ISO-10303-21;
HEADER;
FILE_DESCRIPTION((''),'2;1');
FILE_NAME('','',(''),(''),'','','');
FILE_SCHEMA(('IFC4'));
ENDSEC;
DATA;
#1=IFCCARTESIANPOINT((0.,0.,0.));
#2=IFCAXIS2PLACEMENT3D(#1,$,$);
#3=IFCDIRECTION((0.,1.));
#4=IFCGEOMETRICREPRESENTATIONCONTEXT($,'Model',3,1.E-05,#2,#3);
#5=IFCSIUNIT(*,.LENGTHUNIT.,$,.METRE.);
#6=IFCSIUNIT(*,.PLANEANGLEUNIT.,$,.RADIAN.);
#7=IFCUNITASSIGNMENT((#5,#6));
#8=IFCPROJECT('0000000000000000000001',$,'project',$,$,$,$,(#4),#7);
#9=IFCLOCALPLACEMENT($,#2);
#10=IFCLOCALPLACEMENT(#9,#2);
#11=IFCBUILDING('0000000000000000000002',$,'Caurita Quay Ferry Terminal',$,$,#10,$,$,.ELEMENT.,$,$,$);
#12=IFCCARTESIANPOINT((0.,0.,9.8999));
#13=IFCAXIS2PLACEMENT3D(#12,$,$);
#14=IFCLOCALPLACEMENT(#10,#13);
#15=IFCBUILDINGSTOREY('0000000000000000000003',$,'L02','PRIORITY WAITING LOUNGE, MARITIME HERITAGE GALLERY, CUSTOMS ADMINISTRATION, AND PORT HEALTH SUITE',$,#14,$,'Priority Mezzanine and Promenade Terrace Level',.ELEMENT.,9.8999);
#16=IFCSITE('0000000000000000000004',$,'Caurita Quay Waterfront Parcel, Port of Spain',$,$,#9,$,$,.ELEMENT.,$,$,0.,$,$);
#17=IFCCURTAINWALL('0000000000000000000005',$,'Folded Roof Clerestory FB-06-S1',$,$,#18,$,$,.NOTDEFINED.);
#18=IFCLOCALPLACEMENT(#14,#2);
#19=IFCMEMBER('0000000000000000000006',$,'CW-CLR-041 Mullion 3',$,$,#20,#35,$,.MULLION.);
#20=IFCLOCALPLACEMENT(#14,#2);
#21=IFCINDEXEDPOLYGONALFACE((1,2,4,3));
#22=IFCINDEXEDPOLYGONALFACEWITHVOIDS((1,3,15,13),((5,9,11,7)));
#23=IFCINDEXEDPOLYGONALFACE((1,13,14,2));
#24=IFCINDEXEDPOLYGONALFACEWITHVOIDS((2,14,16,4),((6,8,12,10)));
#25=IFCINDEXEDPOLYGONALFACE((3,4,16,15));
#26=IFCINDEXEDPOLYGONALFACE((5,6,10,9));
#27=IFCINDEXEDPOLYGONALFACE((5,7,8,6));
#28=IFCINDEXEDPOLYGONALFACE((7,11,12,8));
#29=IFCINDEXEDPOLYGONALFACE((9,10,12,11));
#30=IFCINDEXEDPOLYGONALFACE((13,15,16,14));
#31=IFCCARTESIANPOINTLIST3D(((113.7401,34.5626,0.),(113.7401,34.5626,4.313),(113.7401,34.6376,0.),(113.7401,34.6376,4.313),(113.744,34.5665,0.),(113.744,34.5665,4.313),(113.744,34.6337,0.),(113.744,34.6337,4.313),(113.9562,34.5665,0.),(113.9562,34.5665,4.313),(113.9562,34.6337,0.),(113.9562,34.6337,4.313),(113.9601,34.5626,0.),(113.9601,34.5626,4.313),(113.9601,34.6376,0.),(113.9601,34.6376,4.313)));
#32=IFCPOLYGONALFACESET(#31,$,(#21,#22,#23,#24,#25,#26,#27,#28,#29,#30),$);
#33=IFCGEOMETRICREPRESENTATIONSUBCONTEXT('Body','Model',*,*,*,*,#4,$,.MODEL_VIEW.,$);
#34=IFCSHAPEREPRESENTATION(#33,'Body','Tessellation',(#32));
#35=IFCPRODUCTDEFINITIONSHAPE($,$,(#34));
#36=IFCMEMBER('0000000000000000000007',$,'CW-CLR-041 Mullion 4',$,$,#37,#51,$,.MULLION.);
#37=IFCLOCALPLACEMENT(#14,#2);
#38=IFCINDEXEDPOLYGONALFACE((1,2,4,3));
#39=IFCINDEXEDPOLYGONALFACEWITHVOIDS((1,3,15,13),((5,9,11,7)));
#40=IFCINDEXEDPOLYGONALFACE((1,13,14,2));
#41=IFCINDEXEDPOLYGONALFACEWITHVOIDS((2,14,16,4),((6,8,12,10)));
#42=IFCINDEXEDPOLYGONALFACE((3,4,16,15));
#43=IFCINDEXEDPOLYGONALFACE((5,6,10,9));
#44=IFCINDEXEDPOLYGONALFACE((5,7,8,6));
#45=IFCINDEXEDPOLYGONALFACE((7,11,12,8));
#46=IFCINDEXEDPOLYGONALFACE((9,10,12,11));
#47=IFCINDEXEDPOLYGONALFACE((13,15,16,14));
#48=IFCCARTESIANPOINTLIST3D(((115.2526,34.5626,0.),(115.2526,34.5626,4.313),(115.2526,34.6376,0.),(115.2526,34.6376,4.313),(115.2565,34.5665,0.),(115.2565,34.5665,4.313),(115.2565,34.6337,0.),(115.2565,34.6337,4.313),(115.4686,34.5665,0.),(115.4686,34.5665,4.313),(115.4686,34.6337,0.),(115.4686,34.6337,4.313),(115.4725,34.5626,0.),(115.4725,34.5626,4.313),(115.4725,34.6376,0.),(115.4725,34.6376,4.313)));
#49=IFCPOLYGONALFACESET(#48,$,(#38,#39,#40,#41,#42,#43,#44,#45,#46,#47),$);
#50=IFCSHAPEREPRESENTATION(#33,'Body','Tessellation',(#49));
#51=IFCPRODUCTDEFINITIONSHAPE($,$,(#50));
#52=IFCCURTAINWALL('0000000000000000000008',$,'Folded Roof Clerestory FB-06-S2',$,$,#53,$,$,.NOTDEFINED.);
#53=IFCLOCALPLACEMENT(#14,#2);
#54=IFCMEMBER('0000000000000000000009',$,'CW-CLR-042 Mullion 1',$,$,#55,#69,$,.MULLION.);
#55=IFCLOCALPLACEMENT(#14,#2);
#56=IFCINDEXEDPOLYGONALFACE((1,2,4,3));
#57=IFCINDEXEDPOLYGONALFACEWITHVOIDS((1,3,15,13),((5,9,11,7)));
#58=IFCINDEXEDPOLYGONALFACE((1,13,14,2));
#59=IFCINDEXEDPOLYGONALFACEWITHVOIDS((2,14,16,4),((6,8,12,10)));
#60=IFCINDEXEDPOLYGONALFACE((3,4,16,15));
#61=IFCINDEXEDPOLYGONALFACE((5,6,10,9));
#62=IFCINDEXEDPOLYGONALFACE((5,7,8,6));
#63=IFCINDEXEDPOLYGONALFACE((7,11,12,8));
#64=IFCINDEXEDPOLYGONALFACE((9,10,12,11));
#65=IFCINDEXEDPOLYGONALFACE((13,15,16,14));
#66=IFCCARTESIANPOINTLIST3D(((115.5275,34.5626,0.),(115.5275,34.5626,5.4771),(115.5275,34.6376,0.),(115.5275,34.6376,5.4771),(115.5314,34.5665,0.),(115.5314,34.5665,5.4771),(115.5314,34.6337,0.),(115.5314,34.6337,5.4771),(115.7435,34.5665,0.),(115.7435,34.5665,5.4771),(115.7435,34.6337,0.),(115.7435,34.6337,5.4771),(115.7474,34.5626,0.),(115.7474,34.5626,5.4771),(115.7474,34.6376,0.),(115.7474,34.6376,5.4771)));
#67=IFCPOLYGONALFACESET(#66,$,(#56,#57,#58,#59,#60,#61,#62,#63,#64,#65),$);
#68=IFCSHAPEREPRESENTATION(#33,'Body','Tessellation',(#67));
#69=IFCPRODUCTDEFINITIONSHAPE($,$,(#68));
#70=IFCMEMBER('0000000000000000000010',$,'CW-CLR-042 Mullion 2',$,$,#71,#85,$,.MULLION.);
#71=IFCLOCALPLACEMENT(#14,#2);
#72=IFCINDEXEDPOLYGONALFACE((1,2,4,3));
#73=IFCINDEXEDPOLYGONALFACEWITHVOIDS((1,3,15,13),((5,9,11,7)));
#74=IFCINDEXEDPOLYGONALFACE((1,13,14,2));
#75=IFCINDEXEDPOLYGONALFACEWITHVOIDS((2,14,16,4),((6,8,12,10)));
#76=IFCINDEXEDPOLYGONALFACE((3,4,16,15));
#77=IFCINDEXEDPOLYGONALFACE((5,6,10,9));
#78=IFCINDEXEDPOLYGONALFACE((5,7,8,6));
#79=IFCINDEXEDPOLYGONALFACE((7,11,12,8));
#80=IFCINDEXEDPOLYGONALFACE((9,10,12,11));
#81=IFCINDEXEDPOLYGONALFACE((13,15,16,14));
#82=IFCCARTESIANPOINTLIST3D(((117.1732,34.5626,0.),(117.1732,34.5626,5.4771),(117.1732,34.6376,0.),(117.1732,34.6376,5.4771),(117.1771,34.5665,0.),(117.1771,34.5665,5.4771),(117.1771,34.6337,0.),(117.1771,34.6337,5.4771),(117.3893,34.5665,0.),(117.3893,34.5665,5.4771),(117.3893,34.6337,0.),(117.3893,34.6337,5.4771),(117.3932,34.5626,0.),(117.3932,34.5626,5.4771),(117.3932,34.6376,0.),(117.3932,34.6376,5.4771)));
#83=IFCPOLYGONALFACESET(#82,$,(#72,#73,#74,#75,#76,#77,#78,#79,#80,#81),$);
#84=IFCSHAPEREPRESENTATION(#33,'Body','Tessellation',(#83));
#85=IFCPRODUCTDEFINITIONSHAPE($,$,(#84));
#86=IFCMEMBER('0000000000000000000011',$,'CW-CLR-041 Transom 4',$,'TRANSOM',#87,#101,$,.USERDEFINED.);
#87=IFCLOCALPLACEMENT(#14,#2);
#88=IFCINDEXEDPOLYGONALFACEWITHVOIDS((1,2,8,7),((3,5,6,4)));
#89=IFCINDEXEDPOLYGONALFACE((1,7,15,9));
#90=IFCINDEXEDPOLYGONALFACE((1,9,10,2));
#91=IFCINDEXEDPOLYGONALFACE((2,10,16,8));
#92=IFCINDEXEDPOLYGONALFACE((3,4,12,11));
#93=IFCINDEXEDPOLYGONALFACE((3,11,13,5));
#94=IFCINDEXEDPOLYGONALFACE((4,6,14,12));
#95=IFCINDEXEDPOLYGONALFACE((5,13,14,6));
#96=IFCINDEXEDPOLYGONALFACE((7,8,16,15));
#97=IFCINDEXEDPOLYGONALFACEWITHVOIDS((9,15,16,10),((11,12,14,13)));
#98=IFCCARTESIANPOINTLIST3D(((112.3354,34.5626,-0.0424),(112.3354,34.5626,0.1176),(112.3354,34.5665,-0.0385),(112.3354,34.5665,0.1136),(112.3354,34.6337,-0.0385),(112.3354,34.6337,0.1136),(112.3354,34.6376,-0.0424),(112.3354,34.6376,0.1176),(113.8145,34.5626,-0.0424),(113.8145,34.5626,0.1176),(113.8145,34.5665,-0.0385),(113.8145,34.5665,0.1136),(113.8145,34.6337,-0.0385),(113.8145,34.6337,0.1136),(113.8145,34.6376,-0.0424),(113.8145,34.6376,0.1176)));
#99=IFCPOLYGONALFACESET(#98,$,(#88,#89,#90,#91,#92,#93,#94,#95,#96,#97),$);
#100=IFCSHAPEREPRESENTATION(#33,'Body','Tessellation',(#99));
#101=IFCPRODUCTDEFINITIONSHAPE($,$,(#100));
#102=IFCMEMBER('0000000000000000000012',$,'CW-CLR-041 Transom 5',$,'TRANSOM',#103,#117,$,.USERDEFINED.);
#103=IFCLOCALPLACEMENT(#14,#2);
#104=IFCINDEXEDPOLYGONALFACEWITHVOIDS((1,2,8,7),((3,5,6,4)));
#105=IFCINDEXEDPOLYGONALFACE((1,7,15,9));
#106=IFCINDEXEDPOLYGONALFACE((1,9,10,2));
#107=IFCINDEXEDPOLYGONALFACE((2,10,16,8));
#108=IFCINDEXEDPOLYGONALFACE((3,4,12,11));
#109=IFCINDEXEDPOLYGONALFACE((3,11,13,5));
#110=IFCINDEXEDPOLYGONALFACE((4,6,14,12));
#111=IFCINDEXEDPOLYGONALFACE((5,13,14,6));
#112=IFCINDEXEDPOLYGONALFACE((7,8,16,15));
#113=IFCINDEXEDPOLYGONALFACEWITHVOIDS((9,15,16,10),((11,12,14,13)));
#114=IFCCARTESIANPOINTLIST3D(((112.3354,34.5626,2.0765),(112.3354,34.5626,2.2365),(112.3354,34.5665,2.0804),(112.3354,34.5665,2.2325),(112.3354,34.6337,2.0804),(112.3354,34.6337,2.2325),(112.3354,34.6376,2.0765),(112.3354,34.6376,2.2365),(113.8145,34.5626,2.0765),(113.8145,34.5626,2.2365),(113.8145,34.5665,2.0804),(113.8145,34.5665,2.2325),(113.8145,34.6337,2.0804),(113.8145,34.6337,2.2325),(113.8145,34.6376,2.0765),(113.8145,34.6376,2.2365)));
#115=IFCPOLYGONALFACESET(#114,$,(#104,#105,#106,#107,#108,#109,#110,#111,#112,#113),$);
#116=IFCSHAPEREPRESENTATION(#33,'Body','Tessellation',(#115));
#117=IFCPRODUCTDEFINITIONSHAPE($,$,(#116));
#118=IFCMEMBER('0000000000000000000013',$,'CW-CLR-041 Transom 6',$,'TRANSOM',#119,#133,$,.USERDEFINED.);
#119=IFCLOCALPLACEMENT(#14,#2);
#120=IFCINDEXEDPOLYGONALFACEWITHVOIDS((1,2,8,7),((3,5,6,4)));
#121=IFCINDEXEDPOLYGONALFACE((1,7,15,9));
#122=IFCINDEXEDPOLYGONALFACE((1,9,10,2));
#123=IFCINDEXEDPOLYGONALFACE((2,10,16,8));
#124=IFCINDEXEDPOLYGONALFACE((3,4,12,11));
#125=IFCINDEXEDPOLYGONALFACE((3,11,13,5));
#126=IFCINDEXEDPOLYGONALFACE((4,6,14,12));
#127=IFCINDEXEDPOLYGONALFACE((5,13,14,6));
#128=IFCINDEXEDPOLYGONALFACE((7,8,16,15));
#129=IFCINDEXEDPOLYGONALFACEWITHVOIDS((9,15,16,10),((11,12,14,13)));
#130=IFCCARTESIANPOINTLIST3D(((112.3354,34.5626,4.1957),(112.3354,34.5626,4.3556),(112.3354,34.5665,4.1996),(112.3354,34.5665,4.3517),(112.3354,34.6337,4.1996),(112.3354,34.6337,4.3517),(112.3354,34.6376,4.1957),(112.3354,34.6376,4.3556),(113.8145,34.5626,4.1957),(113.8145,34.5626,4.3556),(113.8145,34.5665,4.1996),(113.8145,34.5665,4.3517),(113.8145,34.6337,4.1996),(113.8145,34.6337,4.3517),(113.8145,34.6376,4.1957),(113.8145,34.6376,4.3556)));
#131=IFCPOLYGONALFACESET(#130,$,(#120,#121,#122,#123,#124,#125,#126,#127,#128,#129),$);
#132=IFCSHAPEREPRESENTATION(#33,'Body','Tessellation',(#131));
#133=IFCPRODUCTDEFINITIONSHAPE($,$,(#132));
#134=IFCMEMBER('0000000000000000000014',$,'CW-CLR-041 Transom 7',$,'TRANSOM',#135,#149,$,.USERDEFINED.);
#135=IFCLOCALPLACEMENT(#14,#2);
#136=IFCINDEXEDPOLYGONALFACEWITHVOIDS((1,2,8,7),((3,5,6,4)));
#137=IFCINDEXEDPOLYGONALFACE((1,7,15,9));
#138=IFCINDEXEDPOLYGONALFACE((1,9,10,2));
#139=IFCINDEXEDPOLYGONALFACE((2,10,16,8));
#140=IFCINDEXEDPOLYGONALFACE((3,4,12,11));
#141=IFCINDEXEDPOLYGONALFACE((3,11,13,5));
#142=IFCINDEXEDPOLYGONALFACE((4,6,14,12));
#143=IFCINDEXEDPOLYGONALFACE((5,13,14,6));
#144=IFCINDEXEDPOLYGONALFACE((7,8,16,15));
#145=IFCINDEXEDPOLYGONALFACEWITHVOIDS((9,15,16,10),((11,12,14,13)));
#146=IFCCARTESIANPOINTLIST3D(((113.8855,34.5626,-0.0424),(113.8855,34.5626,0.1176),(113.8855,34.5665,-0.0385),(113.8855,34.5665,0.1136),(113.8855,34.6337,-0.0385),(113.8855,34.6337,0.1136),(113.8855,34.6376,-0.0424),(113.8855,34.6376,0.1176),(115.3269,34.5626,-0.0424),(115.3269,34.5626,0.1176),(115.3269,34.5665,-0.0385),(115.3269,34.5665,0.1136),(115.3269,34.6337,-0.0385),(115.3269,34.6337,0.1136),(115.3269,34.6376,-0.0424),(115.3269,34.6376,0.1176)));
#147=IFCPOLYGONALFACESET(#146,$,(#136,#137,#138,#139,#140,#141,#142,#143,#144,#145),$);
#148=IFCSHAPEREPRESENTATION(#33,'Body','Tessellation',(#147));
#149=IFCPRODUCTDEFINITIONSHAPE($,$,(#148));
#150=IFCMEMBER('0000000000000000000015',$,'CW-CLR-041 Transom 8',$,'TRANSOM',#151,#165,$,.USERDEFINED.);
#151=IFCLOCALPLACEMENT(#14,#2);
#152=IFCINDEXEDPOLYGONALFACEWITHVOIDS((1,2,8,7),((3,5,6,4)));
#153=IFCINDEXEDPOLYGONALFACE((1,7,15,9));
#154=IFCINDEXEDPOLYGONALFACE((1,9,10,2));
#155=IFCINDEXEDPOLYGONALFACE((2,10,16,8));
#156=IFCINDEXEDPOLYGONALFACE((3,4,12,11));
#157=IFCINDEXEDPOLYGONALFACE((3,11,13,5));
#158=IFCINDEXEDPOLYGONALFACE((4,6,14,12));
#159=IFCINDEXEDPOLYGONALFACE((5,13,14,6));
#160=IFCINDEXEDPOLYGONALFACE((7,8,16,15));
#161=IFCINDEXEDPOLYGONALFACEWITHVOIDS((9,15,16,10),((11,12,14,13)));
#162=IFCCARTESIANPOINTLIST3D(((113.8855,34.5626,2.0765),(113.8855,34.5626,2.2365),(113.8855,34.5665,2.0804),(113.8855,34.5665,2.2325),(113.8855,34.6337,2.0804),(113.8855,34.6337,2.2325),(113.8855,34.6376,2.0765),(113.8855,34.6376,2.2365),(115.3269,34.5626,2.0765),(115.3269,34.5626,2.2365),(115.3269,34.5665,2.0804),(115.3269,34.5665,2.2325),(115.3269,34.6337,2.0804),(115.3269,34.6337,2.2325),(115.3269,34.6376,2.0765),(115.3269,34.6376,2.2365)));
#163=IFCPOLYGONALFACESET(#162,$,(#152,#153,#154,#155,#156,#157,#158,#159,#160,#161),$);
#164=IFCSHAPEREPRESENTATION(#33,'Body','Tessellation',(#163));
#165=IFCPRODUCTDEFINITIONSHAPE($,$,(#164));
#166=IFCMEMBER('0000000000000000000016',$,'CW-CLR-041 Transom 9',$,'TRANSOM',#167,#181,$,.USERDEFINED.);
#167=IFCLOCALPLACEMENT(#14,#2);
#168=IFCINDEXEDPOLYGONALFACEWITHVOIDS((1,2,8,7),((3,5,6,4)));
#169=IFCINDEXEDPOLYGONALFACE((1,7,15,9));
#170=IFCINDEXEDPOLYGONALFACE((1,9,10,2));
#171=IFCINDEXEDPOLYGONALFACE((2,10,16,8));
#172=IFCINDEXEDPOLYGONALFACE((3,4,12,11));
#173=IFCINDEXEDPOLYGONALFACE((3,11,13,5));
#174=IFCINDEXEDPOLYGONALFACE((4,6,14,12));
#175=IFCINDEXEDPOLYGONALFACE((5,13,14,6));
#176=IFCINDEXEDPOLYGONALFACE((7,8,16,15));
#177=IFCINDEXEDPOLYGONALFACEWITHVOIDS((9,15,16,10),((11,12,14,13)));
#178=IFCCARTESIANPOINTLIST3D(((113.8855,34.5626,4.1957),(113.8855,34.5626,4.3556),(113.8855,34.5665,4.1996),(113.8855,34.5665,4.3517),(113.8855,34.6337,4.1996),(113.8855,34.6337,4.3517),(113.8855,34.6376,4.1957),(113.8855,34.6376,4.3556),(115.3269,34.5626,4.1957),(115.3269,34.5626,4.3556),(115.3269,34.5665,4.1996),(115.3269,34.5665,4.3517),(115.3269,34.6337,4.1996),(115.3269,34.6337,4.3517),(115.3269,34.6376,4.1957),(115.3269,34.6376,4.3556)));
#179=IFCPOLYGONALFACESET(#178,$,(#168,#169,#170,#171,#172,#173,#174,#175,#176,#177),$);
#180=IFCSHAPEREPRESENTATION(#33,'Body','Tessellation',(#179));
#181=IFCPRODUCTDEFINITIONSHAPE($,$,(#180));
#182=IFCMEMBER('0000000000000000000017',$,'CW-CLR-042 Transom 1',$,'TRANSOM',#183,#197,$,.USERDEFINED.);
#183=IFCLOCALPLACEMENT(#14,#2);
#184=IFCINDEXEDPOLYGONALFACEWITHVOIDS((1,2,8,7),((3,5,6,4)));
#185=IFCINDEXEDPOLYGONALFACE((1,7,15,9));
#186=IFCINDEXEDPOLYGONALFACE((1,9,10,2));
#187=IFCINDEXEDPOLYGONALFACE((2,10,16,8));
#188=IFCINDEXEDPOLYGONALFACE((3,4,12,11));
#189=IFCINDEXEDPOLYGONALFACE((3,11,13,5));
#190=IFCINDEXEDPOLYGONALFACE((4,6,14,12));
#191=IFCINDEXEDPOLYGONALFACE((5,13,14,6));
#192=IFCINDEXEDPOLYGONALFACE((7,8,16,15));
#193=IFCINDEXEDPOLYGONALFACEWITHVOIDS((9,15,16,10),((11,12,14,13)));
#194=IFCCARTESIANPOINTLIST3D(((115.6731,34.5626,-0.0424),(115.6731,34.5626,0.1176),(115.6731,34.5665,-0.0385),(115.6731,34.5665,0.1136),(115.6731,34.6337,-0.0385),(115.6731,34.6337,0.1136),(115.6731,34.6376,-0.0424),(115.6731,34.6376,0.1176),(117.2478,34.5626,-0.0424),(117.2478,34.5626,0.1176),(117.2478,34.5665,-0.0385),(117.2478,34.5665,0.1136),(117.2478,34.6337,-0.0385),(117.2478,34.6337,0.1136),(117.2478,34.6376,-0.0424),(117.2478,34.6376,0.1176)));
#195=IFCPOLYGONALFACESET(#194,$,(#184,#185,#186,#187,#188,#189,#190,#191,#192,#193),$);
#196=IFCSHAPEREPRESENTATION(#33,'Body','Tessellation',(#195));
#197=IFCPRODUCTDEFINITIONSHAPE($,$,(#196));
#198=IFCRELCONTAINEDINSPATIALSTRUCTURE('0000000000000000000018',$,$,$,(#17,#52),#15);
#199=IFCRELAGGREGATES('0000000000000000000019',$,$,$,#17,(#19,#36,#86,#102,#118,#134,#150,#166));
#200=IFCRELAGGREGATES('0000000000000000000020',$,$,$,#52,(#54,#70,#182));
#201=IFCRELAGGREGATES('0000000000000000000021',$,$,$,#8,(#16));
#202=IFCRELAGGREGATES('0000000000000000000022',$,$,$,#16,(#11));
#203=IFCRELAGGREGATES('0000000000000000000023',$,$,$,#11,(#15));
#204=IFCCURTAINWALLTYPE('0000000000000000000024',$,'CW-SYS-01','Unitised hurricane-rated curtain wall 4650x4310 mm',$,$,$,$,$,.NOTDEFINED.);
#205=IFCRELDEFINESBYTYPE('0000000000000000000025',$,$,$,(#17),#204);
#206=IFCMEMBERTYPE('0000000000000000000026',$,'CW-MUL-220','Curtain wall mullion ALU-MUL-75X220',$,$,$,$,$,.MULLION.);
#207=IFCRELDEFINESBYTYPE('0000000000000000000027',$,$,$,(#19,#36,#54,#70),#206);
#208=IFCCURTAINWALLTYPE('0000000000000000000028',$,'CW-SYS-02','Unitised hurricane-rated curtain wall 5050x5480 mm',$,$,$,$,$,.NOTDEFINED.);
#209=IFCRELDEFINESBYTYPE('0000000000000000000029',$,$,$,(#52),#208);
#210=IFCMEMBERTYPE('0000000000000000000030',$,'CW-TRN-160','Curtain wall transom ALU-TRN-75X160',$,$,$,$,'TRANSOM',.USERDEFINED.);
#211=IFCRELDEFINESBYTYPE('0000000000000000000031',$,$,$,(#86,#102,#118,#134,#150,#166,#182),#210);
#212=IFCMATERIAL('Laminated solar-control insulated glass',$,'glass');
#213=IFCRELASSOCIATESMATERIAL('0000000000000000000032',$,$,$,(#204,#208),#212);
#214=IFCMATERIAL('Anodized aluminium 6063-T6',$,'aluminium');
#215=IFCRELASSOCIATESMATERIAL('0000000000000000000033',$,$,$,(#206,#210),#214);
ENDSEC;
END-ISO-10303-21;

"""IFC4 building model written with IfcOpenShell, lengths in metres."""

from ifc_helpers import new_model, si_unit, direction, frame, origin, origin_2d, place, context, subcontext, project, spatial, hollow_rectangle, extrude, material, material_profile, profile_set, type_object, element, aggregate, save


model = new_model("IFC4")

# Units and contexts
model_context = context("Model", 3, precision=1e-05, world=origin(), true_north=direction((0.0, 1.0)))
body_context = subcontext(model_context, "Body", "Model", "MODEL_VIEW")
ifc_project = project(units=[si_unit("LENGTHUNIT", "METRE"), si_unit("PLANEANGLEUNIT", "RADIAN")], contexts=[model_context])

# Site, building, storey
site_placement = place(None, origin())
site = spatial("IfcSite", under=ifc_project, at=site_placement, Name="Caurita Quay Waterfront Parcel, Port of Spain", CompositionType="ELEMENT", RefElevation=0.0)
building_placement = place(site_placement, origin())
building = spatial("IfcBuilding", under=site, at=building_placement, Name="Caurita Quay Ferry Terminal", CompositionType="ELEMENT")
storey_placement = place(building_placement, frame((0.0, 0.0, 9.8999)))
storey = spatial("IfcBuildingStorey", under=building, at=storey_placement, Name="L02", Description="PRIORITY WAITING LOUNGE, MARITIME HERITAGE GALLERY, CUSTOMS ADMINISTRATION, AND PORT HEALTH SUITE", LongName="Priority Mezzanine and Promenade Terrace Level", CompositionType="ELEMENT", Elevation=9.8999)

# Curtain walls, members
ifc_material_1 = material(Name="Laminated solar-control insulated glass", Category="glass")
curtain_wall_type_1 = type_object("IfcCurtainWallType", Name="CW-SYS-01", Description="Unitised hurricane-rated curtain wall 4650x4310 mm", PredefinedType="NOTDEFINED", material=ifc_material_1)
curtain_wall_1_placement = place(storey_placement, origin())
curtain_wall_1 = element("IfcCurtainWall", 1, at=curtain_wall_1_placement, inside=storey, type_object=curtain_wall_type_1, Name="Folded Roof Clerestory FB-06-S1", PredefinedType="NOTDEFINED")
ifc_material_2 = material(Name="Anodized aluminium 6063-T6", Category="aluminium")
ifc_material_profile_1 = material_profile(ifc_material_2, hollow_rectangle(XDim=0.075, YDim=0.22, WallThickness=0.0039, at=origin_2d()), Name="ALU-MUL-75X220")
ifc_profile_set_1 = profile_set([ifc_material_profile_1], Name="Anodized aluminium 6063-T6")
member_type_1 = type_object("IfcMemberType", Name="CW-MUL-220", Description="Curtain wall mullion ALU-MUL-75X220", PredefinedType="MULLION", material=ifc_profile_set_1)
member_1_placement = place(storey_placement, frame((113.8501, 34.6001, 0.0), z_axis=(0.0, 0.0, 1.0), x_axis=(0.0, 1.0, 0.0)))
member_1 = element("IfcMember", 2, at=member_1_placement, type_object=member_type_1, Name="CW-CLR-041 Mullion 3", PredefinedType="MULLION", context=body_context, shape_type="SweptSolid", body=[
    extrude(hollow_rectangle(XDim=0.075, YDim=0.22, WallThickness=0.0039, at=origin_2d()), origin(), (0.0, 0.0, 1.0), 4.313),
])
member_2_placement = place(storey_placement, frame((115.3625, 34.6001, 0.0), z_axis=(0.0, 0.0, 1.0), x_axis=(0.0, 1.0, 0.0)))
member_2 = element("IfcMember", 3, at=member_2_placement, type_object=member_type_1, Name="CW-CLR-041 Mullion 4", PredefinedType="MULLION", context=body_context, shape_type="SweptSolid", body=[
    extrude(hollow_rectangle(XDim=0.075, YDim=0.22, WallThickness=0.0039, at=origin_2d()), origin(), (0.0, 0.0, 1.0), 4.313),
])
curtain_wall_type_2 = type_object("IfcCurtainWallType", Name="CW-SYS-02", Description="Unitised hurricane-rated curtain wall 5050x5480 mm", PredefinedType="NOTDEFINED", material=ifc_material_1)
curtain_wall_2_placement = place(storey_placement, origin())
curtain_wall_2 = element("IfcCurtainWall", 4, at=curtain_wall_2_placement, inside=storey, type_object=curtain_wall_type_2, Name="Folded Roof Clerestory FB-06-S2", PredefinedType="NOTDEFINED")
member_3_placement = place(storey_placement, frame((115.6375, 34.6001, 0.0), z_axis=(0.0, 0.0, 1.0), x_axis=(0.0, 1.0, 0.0)))
member_3 = element("IfcMember", 5, at=member_3_placement, type_object=member_type_1, Name="CW-CLR-042 Mullion 1", PredefinedType="MULLION", context=body_context, shape_type="SweptSolid", body=[
    extrude(hollow_rectangle(XDim=0.075, YDim=0.22, WallThickness=0.0039, at=origin_2d()), origin(), (0.0, 0.0, 1.0), 5.4771),
])
member_4_placement = place(storey_placement, frame((117.2832, 34.6001, 0.0), z_axis=(0.0, 0.0, 1.0), x_axis=(0.0, 1.0, 0.0)))
member_4 = element("IfcMember", 6, at=member_4_placement, type_object=member_type_1, Name="CW-CLR-042 Mullion 2", PredefinedType="MULLION", context=body_context, shape_type="SweptSolid", body=[
    extrude(hollow_rectangle(XDim=0.075, YDim=0.22, WallThickness=0.0039, at=origin_2d()), origin(), (0.0, 0.0, 1.0), 5.4771),
])

# Members
ifc_material_profile_2 = material_profile(ifc_material_2, hollow_rectangle(XDim=0.075, YDim=0.1599, WallThickness=0.0039, at=origin_2d()), Name="ALU-TRN-75X160")
ifc_profile_set_2 = profile_set([ifc_material_profile_2], Name="Anodized aluminium 6063-T6")
member_type_2 = type_object("IfcMemberType", Name="CW-TRN-160", Description="Curtain wall transom ALU-TRN-75X160", ElementType="TRANSOM", PredefinedType="USERDEFINED", material=ifc_profile_set_2)
member_5_placement = place(storey_placement, frame((112.3354, 34.6001, 0.0376), z_axis=(1.0, 0.0, 0.0), x_axis=(0.0, 1.0, 0.0)))
member_5 = element("IfcMember", 7, at=member_5_placement, type_object=member_type_2, Name="CW-CLR-041 Transom 4", ObjectType="TRANSOM", PredefinedType="USERDEFINED", context=body_context, shape_type="SweptSolid", body=[
    extrude(hollow_rectangle(XDim=0.075, YDim=0.1599, WallThickness=0.0039, at=origin_2d()), origin(), (0.0, 0.0, 1.0), 1.479),
])
member_6_placement = place(storey_placement, frame((112.3354, 34.6001, 2.1565), z_axis=(1.0, 0.0, 0.0), x_axis=(0.0, 1.0, 0.0)))
member_6 = element("IfcMember", 8, at=member_6_placement, type_object=member_type_2, Name="CW-CLR-041 Transom 5", ObjectType="TRANSOM", PredefinedType="USERDEFINED", context=body_context, shape_type="SweptSolid", body=[
    extrude(hollow_rectangle(XDim=0.075, YDim=0.1599, WallThickness=0.0039, at=origin_2d()), origin(), (0.0, 0.0, 1.0), 1.479),
])
member_7_placement = place(storey_placement, frame((112.3354, 34.6001, 4.2756), z_axis=(1.0, 0.0, 0.0), x_axis=(0.0, 1.0, 0.0)))
member_7 = element("IfcMember", 9, at=member_7_placement, type_object=member_type_2, Name="CW-CLR-041 Transom 6", ObjectType="TRANSOM", PredefinedType="USERDEFINED", context=body_context, shape_type="SweptSolid", body=[
    extrude(hollow_rectangle(XDim=0.075, YDim=0.1599, WallThickness=0.0039, at=origin_2d()), origin(), (0.0, 0.0, 1.0), 1.479),
])
member_8_placement = place(storey_placement, frame((113.8855, 34.6001, 0.0376), z_axis=(1.0, 0.0, 0.0), x_axis=(0.0, 1.0, 0.0)))
member_8 = element("IfcMember", 10, at=member_8_placement, type_object=member_type_2, Name="CW-CLR-041 Transom 7", ObjectType="TRANSOM", PredefinedType="USERDEFINED", context=body_context, shape_type="SweptSolid", body=[
    extrude(hollow_rectangle(XDim=0.075, YDim=0.1599, WallThickness=0.0039, at=origin_2d()), origin(), (0.0, 0.0, 1.0), 1.4414),
])
member_9_placement = place(storey_placement, frame((113.8855, 34.6001, 2.1565), z_axis=(1.0, 0.0, 0.0), x_axis=(0.0, 1.0, 0.0)))
member_9 = element("IfcMember", 11, at=member_9_placement, type_object=member_type_2, Name="CW-CLR-041 Transom 8", ObjectType="TRANSOM", PredefinedType="USERDEFINED", context=body_context, shape_type="SweptSolid", body=[
    extrude(hollow_rectangle(XDim=0.075, YDim=0.1599, WallThickness=0.0039, at=origin_2d()), origin(), (0.0, 0.0, 1.0), 1.4414),
])
member_10_placement = place(storey_placement, frame((113.8855, 34.6001, 4.2756), z_axis=(1.0, 0.0, 0.0), x_axis=(0.0, 1.0, 0.0)))
member_10 = element("IfcMember", 12, at=member_10_placement, type_object=member_type_2, Name="CW-CLR-041 Transom 9", ObjectType="TRANSOM", PredefinedType="USERDEFINED", context=body_context, shape_type="SweptSolid", body=[
    extrude(hollow_rectangle(XDim=0.075, YDim=0.1599, WallThickness=0.0039, at=origin_2d()), origin(), (0.0, 0.0, 1.0), 1.4414),
])
member_11_placement = place(storey_placement, frame((115.6731, 34.6001, 0.0376), z_axis=(1.0, 0.0, 0.0), x_axis=(0.0, 1.0, 0.0)))
member_11 = element("IfcMember", 13, at=member_11_placement, type_object=member_type_2, Name="CW-CLR-042 Transom 1", ObjectType="TRANSOM", PredefinedType="USERDEFINED", context=body_context, shape_type="SweptSolid", body=[
    extrude(hollow_rectangle(XDim=0.075, YDim=0.1599, WallThickness=0.0039, at=origin_2d()), origin(), (0.0, 0.0, 1.0), 1.5747),
])

aggregate(curtain_wall_1, [member_1, member_2, member_5, member_6, member_7, member_8, member_9, member_10])
aggregate(curtain_wall_2, [member_3, member_4, member_11])

save(model, "model.ifc")
